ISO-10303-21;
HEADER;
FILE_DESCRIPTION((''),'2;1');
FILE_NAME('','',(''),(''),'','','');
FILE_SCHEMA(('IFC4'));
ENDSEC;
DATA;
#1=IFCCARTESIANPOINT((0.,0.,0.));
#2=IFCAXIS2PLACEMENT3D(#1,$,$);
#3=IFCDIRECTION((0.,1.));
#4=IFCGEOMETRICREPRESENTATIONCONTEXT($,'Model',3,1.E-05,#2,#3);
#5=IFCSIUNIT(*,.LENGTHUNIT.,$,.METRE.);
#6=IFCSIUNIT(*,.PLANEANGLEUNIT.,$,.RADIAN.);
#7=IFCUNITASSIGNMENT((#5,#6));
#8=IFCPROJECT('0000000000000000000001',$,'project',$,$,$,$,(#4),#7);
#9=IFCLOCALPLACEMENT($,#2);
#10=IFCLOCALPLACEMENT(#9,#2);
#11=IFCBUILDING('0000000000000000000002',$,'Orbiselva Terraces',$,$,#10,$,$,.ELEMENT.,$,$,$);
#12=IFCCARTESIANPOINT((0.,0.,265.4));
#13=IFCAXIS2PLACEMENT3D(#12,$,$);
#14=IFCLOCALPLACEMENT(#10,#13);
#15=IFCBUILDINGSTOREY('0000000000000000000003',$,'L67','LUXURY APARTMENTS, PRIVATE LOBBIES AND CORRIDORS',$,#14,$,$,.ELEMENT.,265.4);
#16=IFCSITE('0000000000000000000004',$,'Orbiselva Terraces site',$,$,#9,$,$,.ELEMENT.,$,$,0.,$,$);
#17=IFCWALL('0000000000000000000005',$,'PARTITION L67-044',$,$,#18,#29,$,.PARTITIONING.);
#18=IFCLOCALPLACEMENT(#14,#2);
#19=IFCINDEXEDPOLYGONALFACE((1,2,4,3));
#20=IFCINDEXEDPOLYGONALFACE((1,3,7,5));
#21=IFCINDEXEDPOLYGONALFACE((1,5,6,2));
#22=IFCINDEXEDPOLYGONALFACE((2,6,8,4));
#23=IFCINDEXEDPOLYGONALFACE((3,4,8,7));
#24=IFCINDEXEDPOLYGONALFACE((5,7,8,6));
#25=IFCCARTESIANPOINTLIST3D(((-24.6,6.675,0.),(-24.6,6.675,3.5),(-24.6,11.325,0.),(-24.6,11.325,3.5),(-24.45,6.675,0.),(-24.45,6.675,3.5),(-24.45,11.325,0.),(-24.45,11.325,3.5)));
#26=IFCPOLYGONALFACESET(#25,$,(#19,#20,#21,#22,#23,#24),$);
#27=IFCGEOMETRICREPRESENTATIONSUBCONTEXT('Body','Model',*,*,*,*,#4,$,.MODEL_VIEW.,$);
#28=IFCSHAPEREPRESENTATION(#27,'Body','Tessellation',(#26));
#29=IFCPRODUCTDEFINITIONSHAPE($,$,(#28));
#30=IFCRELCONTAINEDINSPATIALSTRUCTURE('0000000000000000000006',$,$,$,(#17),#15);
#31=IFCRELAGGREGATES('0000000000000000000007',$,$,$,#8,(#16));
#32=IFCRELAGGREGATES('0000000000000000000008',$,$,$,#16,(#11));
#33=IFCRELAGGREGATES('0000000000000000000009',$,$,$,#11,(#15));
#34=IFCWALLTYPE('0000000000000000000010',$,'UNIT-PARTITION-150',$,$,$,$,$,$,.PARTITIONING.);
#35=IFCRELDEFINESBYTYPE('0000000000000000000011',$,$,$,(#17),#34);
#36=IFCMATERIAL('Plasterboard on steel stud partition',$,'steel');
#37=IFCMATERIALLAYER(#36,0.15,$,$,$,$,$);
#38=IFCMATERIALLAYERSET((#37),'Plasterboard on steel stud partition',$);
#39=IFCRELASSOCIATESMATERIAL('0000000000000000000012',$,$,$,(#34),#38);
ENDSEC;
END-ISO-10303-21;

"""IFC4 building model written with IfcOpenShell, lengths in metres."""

from ifc_helpers import new_model, si_unit, direction, frame, frame_2d, origin, place, context, subcontext, project, spatial, rectangle, extrude, material, layer, layer_set, type_object, element, save


model = new_model("IFC4")

# Units and contexts
model_context = context("Model", 3, precision=1e-05, world=origin(), true_north=direction((0.0, 1.0)))
body_context = subcontext(model_context, "Body", "Model", "MODEL_VIEW")
ifc_project = project(units=[si_unit("LENGTHUNIT", "METRE"), si_unit("PLANEANGLEUNIT", "RADIAN")], contexts=[model_context])

# Site, building, storey
site_placement = place(None, origin())
site = spatial("IfcSite", under=ifc_project, at=site_placement, Name="Orbiselva Terraces site", CompositionType="ELEMENT", RefElevation=0.0)
building_placement = place(site_placement, origin())
building = spatial("IfcBuilding", under=site, at=building_placement, Name="Orbiselva Terraces", CompositionType="ELEMENT")
storey_placement = place(building_placement, frame((0.0, 0.0, 265.4)))
storey = spatial("IfcBuildingStorey", under=building, at=storey_placement, Name="L67", Description="LUXURY APARTMENTS, PRIVATE LOBBIES AND CORRIDORS", CompositionType="ELEMENT", Elevation=265.4)

# Shared definitions
ifc_material_1 = material(Name="Plasterboard on steel stud partition", Category="steel")
ifc_layer_1 = layer(ifc_material_1, 0.15)
ifc_layer_set_1 = layer_set([ifc_layer_1], Name="Plasterboard on steel stud partition")
wall_type_1 = type_object("IfcWallType", Name="UNIT-PARTITION-150", PredefinedType="PARTITIONING", material=ifc_layer_set_1)

# Wall
wall_1_placement = place(storey_placement, frame((-24.525, 6.675, 0.0), z_axis=(0.0, 0.0, 1.0), x_axis=(0.0, 1.0, 0.0)))
element("IfcWall", 1, at=wall_1_placement, inside=storey, type_object=wall_type_1, Name="PARTITION L67-044", PredefinedType="PARTITIONING", context=body_context, shape_type="SweptSolid", body=[
    extrude(rectangle(XDim=4.65, YDim=0.15, at=frame_2d((2.325, 0.0))), origin(), (0.0, 0.0, 1.0), 3.5),
])

save(model, "model.ifc")
